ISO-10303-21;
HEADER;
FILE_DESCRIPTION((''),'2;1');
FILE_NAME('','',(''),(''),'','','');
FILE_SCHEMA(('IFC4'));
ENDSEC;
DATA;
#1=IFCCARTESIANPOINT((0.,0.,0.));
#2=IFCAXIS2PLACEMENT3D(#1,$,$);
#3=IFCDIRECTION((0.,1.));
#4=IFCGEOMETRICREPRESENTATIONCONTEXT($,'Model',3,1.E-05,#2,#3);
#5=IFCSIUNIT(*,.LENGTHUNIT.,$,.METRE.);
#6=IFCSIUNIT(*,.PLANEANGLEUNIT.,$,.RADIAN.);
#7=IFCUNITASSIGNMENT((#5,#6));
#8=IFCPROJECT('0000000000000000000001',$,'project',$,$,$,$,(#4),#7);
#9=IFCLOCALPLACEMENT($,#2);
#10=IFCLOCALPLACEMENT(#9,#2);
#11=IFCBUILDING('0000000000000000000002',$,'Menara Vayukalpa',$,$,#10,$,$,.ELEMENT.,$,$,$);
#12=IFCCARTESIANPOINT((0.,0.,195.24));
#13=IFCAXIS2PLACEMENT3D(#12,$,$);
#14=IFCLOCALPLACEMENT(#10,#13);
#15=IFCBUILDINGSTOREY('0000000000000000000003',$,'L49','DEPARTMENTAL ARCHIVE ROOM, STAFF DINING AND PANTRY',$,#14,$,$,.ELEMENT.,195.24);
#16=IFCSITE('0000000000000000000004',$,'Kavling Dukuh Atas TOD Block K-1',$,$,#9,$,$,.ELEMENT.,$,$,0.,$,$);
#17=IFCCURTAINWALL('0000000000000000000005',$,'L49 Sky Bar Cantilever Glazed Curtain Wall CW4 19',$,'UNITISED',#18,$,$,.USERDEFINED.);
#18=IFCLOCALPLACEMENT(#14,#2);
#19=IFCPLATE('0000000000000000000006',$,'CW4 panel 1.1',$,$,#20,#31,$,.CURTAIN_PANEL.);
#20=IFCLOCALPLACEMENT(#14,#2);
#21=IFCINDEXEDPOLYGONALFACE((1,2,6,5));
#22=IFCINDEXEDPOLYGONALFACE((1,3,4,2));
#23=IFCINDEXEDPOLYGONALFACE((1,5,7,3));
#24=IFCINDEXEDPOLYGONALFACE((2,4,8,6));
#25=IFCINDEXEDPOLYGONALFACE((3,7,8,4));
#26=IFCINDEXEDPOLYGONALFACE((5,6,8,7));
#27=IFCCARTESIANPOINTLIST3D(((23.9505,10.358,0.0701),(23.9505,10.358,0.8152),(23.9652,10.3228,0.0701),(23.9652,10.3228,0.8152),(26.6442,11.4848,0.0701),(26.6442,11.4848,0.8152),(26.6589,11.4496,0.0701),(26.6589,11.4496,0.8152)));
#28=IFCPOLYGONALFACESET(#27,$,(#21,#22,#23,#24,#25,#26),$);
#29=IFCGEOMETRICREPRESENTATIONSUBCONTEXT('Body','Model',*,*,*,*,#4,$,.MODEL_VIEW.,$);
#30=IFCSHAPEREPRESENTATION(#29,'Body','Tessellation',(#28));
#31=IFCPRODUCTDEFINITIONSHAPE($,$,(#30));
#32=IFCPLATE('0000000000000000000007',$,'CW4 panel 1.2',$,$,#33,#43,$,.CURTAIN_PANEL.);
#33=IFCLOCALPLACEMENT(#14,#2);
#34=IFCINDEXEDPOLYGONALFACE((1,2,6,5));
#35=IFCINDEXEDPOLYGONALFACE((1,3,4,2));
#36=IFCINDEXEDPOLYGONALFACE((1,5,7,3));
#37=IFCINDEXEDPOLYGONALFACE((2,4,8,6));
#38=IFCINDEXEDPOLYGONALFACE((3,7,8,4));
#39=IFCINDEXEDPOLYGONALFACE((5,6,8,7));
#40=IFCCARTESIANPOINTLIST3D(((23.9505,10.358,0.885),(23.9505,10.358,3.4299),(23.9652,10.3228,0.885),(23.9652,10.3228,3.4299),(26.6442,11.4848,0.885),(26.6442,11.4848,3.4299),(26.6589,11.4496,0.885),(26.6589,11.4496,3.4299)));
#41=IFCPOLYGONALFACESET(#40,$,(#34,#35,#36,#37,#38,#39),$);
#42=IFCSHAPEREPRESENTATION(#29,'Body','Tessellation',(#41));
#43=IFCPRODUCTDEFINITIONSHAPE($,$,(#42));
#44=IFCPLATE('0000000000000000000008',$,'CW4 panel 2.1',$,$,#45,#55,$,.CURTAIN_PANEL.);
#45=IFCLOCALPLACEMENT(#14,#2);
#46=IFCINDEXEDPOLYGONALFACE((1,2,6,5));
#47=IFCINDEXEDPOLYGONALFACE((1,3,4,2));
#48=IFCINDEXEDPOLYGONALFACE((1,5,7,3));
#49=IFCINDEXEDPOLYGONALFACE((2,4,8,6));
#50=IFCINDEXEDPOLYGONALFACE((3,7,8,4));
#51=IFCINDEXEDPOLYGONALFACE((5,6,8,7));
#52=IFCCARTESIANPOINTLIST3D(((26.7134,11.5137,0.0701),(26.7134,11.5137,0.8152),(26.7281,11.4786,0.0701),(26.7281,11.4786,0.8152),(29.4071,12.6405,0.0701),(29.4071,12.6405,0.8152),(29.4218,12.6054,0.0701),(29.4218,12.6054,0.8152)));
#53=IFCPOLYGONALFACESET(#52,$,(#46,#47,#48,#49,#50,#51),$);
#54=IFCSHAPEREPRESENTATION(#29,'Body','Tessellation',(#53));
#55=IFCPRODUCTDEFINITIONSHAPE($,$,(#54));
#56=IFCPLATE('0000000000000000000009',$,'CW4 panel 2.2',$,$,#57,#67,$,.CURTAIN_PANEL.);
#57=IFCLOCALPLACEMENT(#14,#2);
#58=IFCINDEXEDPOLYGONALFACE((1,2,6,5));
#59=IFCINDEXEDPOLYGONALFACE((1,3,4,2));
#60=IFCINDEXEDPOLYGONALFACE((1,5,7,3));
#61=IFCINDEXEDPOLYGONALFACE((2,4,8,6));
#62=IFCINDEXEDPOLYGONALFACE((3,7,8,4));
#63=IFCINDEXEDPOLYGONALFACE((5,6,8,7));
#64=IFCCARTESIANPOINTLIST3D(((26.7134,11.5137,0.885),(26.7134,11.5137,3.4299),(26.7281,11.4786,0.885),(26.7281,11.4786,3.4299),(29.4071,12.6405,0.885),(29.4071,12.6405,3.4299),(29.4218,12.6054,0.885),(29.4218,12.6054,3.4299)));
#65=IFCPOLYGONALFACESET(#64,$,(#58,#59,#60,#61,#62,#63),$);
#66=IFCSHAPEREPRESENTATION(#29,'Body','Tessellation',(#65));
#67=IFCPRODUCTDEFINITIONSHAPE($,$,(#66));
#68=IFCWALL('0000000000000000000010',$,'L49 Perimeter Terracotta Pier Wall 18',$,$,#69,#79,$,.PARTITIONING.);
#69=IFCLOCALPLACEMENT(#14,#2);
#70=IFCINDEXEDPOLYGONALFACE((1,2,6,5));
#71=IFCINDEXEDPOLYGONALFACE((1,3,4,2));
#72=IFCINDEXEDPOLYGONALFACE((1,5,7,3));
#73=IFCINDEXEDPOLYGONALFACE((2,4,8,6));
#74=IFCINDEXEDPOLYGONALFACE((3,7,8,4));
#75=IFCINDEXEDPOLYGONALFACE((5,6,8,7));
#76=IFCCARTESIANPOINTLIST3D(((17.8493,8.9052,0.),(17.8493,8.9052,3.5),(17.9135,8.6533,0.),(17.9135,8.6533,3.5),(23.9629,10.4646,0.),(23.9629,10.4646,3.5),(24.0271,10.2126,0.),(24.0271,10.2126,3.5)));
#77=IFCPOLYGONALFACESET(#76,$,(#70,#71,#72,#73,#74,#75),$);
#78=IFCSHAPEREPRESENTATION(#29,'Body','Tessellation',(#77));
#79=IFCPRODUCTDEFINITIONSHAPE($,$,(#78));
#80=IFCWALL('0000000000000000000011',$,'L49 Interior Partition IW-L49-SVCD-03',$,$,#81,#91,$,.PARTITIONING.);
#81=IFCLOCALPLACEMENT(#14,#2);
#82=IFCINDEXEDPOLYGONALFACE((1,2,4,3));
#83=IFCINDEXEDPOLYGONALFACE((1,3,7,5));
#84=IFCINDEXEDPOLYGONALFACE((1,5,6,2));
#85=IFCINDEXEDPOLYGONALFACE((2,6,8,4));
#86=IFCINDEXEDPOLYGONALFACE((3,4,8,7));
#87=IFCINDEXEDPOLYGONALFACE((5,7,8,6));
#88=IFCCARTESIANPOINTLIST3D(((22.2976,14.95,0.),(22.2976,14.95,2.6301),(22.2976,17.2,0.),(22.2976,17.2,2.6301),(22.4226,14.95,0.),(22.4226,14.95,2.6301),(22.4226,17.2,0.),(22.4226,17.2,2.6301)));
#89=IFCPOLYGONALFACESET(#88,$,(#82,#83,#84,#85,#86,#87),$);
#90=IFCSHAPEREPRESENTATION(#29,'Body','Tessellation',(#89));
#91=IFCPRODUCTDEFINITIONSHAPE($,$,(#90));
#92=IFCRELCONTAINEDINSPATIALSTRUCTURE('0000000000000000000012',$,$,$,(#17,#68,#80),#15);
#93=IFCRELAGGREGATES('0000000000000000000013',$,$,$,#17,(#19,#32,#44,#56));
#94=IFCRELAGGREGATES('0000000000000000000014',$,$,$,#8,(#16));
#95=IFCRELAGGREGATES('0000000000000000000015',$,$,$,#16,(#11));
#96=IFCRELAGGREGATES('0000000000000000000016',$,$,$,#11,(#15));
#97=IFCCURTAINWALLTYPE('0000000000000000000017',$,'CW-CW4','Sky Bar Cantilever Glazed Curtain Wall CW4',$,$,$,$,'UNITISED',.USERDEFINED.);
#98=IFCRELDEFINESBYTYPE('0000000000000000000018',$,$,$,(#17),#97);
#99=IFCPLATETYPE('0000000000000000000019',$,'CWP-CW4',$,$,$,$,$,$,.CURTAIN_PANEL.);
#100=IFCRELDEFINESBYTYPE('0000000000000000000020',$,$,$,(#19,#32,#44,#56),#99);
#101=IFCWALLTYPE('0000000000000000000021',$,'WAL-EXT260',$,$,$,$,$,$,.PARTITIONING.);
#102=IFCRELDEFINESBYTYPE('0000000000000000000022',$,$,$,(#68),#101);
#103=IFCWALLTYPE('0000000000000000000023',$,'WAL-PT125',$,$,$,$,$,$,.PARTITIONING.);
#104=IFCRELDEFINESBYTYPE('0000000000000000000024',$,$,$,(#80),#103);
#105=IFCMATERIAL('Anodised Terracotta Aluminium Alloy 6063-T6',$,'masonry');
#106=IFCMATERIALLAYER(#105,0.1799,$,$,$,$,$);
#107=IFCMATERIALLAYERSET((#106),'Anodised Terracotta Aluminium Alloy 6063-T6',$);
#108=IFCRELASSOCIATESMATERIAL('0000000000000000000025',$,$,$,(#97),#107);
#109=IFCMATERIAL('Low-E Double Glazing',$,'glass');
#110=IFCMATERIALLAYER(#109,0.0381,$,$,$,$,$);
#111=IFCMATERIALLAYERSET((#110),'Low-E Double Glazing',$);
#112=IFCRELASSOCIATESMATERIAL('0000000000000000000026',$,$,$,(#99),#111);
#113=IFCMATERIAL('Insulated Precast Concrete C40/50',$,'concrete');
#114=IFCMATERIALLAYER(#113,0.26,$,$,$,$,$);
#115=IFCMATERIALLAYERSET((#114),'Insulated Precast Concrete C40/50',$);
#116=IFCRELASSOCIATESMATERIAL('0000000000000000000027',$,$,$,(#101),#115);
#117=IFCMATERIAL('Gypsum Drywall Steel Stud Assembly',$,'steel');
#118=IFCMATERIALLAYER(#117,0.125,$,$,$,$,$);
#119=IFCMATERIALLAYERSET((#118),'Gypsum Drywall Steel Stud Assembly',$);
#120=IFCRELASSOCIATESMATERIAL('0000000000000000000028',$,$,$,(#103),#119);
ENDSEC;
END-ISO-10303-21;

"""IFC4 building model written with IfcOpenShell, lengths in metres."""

from ifc_helpers import new_model, si_unit, direction, frame, frame_2d, origin, origin_2d, place, context, subcontext, project, spatial, rectangle, extrude, material, layer, layer_set, type_object, element, aggregate, save


model = new_model("IFC4")

# Units and contexts
model_context = context("Model", 3, precision=1e-05, world=origin(), true_north=direction((0.0, 1.0)))
body_context = subcontext(model_context, "Body", "Model", "MODEL_VIEW")
ifc_project = project(units=[si_unit("LENGTHUNIT", "METRE"), si_unit("PLANEANGLEUNIT", "RADIAN")], contexts=[model_context])

# Site, building, storey
site_placement = place(None, origin())
site = spatial("IfcSite", under=ifc_project, at=site_placement, Name="Kavling Dukuh Atas TOD Block K-1", CompositionType="ELEMENT", RefElevation=0.0)
building_placement = place(site_placement, origin())
building = spatial("IfcBuilding", under=site, at=building_placement, Name="Menara Vayukalpa", CompositionType="ELEMENT")
storey_placement = place(building_placement, frame((0.0, 0.0, 195.24)))
storey = spatial("IfcBuildingStorey", under=building, at=storey_placement, Name="L49", Description="DEPARTMENTAL ARCHIVE ROOM, STAFF DINING AND PANTRY", CompositionType="ELEMENT", Elevation=195.24)

# Curtain wall, plates
ifc_material_1 = material(Name="Anodised Terracotta Aluminium Alloy 6063-T6", Category="masonry")
ifc_layer_1 = layer(ifc_material_1, 0.1799)
ifc_layer_set_1 = layer_set([ifc_layer_1], Name="Anodised Terracotta Aluminium Alloy 6063-T6")
curtain_wall_type = type_object("IfcCurtainWallType", Name="CW-CW4", Description="Sky Bar Cantilever Glazed Curtain Wall CW4", ElementType="UNITISED", PredefinedType="USERDEFINED", material=ifc_layer_set_1)
curtain_wall_placement = place(storey_placement, origin())
curtain_wall = element("IfcCurtainWall", 1, at=curtain_wall_placement, inside=storey, type_object=curtain_wall_type, Name="L49 Sky Bar Cantilever Glazed Curtain Wall CW4 19", ObjectType="UNITISED", PredefinedType="USERDEFINED")
ifc_material_2 = material(Name="Low-E Double Glazing", Category="glass")
ifc_layer_2 = layer(ifc_material_2, 0.0381)
ifc_layer_set_2 = layer_set([ifc_layer_2], Name="Low-E Double Glazing")
plate_type = type_object("IfcPlateType", Name="CWP-CW4", PredefinedType="CURTAIN_PANEL", material=ifc_layer_set_2)
plate_1_placement = place(storey_placement, frame((25.3047, 10.9038, 0.0701), z_axis=(0.0, 0.0, 1.0), x_axis=(0.922539, 0.385903, 0.0)))
plate_1 = element("IfcPlate", 2, at=plate_1_placement, type_object=plate_type, Name="CW4 panel 1.1", PredefinedType="CURTAIN_PANEL", context=body_context, shape_type="SweptSolid", body=[
    extrude(rectangle(XDim=2.9199, YDim=0.0381, at=origin_2d()), origin(), (0.0, 0.0, 1.0), 0.7451),
])
plate_2_placement = place(storey_placement, frame((25.3047, 10.9038, 0.885), z_axis=(0.0, 0.0, 1.0), x_axis=(0.922539, 0.385903, 0.0)))
plate_2 = element("IfcPlate", 3, at=plate_2_placement, type_object=plate_type, Name="CW4 panel 1.2", PredefinedType="CURTAIN_PANEL", context=body_context, shape_type="SweptSolid", body=[
    extrude(rectangle(XDim=2.9199, YDim=0.0381, at=origin_2d()), origin(), (0.0, 0.0, 1.0), 2.5449),
])
plate_3_placement = place(storey_placement, frame((28.0676, 12.0596, 0.0701), z_axis=(0.0, 0.0, 1.0), x_axis=(0.922539, 0.385903, 0.0)))
plate_3 = element("IfcPlate", 4, at=plate_3_placement, type_object=plate_type, Name="CW4 panel 2.1", PredefinedType="CURTAIN_PANEL", context=body_context, shape_type="SweptSolid", body=[
    extrude(rectangle(XDim=2.9199, YDim=0.0381, at=origin_2d()), origin(), (0.0, 0.0, 1.0), 0.7451),
])
plate_4_placement = place(storey_placement, frame((28.0676, 12.0596, 0.885), z_axis=(0.0, 0.0, 1.0), x_axis=(0.922539, 0.385903, 0.0)))
plate_4 = element("IfcPlate", 5, at=plate_4_placement, type_object=plate_type, Name="CW4 panel 2.2", PredefinedType="CURTAIN_PANEL", context=body_context, shape_type="SweptSolid", body=[
    extrude(rectangle(XDim=2.9199, YDim=0.0381, at=origin_2d()), origin(), (0.0, 0.0, 1.0), 2.5449),
])
aggregate(curtain_wall, [plate_1, plate_2, plate_3, plate_4])

# Walls
ifc_material_3 = material(Name="Insulated Precast Concrete C40/50", Category="concrete")
ifc_layer_3 = layer(ifc_material_3, 0.26)
ifc_layer_set_3 = layer_set([ifc_layer_3], Name="Insulated Precast Concrete C40/50")
wall_type_1 = type_object("IfcWallType", Name="WAL-EXT260", PredefinedType="PARTITIONING", material=ifc_layer_set_3)
wall_1_placement = place(storey_placement, frame((23.9951, 10.3386, 0.0), z_axis=(0.0, 0.0, 1.0), x_axis=(-0.968977, -0.247149, 0.0)))
element("IfcWall", 6, at=wall_1_placement, inside=storey, type_object=wall_type_1, Name="L49 Perimeter Terracotta Pier Wall 18", PredefinedType="PARTITIONING", context=body_context, shape_type="SweptSolid", body=[
    extrude(rectangle(XDim=6.3093, YDim=0.26, at=frame_2d((3.1548, 0.0))), origin(), (0.0, 0.0, 1.0), 3.5),
])
ifc_material_4 = material(Name="Gypsum Drywall Steel Stud Assembly", Category="steel")
ifc_layer_4 = layer(ifc_material_4, 0.125)
ifc_layer_set_4 = layer_set([ifc_layer_4], Name="Gypsum Drywall Steel Stud Assembly")
wall_type_2 = type_object("IfcWallType", Name="WAL-PT125", PredefinedType="PARTITIONING", material=ifc_layer_set_4)
wall_2_placement = place(storey_placement, frame((22.3601, 14.95, 0.0), z_axis=(0.0, 0.0, 1.0), x_axis=(0.0, 1.0, 0.0)))
element("IfcWall", 7, at=wall_2_placement, inside=storey, type_object=wall_type_2, Name="L49 Interior Partition IW-L49-SVCD-03", PredefinedType="PARTITIONING", context=body_context, shape_type="SweptSolid", body=[
    extrude(rectangle(XDim=2.25, YDim=0.125, at=frame_2d((1.125, 0.0))), origin(), (0.0, 0.0, 1.0), 2.6301),
])

save(model, "model.ifc")
